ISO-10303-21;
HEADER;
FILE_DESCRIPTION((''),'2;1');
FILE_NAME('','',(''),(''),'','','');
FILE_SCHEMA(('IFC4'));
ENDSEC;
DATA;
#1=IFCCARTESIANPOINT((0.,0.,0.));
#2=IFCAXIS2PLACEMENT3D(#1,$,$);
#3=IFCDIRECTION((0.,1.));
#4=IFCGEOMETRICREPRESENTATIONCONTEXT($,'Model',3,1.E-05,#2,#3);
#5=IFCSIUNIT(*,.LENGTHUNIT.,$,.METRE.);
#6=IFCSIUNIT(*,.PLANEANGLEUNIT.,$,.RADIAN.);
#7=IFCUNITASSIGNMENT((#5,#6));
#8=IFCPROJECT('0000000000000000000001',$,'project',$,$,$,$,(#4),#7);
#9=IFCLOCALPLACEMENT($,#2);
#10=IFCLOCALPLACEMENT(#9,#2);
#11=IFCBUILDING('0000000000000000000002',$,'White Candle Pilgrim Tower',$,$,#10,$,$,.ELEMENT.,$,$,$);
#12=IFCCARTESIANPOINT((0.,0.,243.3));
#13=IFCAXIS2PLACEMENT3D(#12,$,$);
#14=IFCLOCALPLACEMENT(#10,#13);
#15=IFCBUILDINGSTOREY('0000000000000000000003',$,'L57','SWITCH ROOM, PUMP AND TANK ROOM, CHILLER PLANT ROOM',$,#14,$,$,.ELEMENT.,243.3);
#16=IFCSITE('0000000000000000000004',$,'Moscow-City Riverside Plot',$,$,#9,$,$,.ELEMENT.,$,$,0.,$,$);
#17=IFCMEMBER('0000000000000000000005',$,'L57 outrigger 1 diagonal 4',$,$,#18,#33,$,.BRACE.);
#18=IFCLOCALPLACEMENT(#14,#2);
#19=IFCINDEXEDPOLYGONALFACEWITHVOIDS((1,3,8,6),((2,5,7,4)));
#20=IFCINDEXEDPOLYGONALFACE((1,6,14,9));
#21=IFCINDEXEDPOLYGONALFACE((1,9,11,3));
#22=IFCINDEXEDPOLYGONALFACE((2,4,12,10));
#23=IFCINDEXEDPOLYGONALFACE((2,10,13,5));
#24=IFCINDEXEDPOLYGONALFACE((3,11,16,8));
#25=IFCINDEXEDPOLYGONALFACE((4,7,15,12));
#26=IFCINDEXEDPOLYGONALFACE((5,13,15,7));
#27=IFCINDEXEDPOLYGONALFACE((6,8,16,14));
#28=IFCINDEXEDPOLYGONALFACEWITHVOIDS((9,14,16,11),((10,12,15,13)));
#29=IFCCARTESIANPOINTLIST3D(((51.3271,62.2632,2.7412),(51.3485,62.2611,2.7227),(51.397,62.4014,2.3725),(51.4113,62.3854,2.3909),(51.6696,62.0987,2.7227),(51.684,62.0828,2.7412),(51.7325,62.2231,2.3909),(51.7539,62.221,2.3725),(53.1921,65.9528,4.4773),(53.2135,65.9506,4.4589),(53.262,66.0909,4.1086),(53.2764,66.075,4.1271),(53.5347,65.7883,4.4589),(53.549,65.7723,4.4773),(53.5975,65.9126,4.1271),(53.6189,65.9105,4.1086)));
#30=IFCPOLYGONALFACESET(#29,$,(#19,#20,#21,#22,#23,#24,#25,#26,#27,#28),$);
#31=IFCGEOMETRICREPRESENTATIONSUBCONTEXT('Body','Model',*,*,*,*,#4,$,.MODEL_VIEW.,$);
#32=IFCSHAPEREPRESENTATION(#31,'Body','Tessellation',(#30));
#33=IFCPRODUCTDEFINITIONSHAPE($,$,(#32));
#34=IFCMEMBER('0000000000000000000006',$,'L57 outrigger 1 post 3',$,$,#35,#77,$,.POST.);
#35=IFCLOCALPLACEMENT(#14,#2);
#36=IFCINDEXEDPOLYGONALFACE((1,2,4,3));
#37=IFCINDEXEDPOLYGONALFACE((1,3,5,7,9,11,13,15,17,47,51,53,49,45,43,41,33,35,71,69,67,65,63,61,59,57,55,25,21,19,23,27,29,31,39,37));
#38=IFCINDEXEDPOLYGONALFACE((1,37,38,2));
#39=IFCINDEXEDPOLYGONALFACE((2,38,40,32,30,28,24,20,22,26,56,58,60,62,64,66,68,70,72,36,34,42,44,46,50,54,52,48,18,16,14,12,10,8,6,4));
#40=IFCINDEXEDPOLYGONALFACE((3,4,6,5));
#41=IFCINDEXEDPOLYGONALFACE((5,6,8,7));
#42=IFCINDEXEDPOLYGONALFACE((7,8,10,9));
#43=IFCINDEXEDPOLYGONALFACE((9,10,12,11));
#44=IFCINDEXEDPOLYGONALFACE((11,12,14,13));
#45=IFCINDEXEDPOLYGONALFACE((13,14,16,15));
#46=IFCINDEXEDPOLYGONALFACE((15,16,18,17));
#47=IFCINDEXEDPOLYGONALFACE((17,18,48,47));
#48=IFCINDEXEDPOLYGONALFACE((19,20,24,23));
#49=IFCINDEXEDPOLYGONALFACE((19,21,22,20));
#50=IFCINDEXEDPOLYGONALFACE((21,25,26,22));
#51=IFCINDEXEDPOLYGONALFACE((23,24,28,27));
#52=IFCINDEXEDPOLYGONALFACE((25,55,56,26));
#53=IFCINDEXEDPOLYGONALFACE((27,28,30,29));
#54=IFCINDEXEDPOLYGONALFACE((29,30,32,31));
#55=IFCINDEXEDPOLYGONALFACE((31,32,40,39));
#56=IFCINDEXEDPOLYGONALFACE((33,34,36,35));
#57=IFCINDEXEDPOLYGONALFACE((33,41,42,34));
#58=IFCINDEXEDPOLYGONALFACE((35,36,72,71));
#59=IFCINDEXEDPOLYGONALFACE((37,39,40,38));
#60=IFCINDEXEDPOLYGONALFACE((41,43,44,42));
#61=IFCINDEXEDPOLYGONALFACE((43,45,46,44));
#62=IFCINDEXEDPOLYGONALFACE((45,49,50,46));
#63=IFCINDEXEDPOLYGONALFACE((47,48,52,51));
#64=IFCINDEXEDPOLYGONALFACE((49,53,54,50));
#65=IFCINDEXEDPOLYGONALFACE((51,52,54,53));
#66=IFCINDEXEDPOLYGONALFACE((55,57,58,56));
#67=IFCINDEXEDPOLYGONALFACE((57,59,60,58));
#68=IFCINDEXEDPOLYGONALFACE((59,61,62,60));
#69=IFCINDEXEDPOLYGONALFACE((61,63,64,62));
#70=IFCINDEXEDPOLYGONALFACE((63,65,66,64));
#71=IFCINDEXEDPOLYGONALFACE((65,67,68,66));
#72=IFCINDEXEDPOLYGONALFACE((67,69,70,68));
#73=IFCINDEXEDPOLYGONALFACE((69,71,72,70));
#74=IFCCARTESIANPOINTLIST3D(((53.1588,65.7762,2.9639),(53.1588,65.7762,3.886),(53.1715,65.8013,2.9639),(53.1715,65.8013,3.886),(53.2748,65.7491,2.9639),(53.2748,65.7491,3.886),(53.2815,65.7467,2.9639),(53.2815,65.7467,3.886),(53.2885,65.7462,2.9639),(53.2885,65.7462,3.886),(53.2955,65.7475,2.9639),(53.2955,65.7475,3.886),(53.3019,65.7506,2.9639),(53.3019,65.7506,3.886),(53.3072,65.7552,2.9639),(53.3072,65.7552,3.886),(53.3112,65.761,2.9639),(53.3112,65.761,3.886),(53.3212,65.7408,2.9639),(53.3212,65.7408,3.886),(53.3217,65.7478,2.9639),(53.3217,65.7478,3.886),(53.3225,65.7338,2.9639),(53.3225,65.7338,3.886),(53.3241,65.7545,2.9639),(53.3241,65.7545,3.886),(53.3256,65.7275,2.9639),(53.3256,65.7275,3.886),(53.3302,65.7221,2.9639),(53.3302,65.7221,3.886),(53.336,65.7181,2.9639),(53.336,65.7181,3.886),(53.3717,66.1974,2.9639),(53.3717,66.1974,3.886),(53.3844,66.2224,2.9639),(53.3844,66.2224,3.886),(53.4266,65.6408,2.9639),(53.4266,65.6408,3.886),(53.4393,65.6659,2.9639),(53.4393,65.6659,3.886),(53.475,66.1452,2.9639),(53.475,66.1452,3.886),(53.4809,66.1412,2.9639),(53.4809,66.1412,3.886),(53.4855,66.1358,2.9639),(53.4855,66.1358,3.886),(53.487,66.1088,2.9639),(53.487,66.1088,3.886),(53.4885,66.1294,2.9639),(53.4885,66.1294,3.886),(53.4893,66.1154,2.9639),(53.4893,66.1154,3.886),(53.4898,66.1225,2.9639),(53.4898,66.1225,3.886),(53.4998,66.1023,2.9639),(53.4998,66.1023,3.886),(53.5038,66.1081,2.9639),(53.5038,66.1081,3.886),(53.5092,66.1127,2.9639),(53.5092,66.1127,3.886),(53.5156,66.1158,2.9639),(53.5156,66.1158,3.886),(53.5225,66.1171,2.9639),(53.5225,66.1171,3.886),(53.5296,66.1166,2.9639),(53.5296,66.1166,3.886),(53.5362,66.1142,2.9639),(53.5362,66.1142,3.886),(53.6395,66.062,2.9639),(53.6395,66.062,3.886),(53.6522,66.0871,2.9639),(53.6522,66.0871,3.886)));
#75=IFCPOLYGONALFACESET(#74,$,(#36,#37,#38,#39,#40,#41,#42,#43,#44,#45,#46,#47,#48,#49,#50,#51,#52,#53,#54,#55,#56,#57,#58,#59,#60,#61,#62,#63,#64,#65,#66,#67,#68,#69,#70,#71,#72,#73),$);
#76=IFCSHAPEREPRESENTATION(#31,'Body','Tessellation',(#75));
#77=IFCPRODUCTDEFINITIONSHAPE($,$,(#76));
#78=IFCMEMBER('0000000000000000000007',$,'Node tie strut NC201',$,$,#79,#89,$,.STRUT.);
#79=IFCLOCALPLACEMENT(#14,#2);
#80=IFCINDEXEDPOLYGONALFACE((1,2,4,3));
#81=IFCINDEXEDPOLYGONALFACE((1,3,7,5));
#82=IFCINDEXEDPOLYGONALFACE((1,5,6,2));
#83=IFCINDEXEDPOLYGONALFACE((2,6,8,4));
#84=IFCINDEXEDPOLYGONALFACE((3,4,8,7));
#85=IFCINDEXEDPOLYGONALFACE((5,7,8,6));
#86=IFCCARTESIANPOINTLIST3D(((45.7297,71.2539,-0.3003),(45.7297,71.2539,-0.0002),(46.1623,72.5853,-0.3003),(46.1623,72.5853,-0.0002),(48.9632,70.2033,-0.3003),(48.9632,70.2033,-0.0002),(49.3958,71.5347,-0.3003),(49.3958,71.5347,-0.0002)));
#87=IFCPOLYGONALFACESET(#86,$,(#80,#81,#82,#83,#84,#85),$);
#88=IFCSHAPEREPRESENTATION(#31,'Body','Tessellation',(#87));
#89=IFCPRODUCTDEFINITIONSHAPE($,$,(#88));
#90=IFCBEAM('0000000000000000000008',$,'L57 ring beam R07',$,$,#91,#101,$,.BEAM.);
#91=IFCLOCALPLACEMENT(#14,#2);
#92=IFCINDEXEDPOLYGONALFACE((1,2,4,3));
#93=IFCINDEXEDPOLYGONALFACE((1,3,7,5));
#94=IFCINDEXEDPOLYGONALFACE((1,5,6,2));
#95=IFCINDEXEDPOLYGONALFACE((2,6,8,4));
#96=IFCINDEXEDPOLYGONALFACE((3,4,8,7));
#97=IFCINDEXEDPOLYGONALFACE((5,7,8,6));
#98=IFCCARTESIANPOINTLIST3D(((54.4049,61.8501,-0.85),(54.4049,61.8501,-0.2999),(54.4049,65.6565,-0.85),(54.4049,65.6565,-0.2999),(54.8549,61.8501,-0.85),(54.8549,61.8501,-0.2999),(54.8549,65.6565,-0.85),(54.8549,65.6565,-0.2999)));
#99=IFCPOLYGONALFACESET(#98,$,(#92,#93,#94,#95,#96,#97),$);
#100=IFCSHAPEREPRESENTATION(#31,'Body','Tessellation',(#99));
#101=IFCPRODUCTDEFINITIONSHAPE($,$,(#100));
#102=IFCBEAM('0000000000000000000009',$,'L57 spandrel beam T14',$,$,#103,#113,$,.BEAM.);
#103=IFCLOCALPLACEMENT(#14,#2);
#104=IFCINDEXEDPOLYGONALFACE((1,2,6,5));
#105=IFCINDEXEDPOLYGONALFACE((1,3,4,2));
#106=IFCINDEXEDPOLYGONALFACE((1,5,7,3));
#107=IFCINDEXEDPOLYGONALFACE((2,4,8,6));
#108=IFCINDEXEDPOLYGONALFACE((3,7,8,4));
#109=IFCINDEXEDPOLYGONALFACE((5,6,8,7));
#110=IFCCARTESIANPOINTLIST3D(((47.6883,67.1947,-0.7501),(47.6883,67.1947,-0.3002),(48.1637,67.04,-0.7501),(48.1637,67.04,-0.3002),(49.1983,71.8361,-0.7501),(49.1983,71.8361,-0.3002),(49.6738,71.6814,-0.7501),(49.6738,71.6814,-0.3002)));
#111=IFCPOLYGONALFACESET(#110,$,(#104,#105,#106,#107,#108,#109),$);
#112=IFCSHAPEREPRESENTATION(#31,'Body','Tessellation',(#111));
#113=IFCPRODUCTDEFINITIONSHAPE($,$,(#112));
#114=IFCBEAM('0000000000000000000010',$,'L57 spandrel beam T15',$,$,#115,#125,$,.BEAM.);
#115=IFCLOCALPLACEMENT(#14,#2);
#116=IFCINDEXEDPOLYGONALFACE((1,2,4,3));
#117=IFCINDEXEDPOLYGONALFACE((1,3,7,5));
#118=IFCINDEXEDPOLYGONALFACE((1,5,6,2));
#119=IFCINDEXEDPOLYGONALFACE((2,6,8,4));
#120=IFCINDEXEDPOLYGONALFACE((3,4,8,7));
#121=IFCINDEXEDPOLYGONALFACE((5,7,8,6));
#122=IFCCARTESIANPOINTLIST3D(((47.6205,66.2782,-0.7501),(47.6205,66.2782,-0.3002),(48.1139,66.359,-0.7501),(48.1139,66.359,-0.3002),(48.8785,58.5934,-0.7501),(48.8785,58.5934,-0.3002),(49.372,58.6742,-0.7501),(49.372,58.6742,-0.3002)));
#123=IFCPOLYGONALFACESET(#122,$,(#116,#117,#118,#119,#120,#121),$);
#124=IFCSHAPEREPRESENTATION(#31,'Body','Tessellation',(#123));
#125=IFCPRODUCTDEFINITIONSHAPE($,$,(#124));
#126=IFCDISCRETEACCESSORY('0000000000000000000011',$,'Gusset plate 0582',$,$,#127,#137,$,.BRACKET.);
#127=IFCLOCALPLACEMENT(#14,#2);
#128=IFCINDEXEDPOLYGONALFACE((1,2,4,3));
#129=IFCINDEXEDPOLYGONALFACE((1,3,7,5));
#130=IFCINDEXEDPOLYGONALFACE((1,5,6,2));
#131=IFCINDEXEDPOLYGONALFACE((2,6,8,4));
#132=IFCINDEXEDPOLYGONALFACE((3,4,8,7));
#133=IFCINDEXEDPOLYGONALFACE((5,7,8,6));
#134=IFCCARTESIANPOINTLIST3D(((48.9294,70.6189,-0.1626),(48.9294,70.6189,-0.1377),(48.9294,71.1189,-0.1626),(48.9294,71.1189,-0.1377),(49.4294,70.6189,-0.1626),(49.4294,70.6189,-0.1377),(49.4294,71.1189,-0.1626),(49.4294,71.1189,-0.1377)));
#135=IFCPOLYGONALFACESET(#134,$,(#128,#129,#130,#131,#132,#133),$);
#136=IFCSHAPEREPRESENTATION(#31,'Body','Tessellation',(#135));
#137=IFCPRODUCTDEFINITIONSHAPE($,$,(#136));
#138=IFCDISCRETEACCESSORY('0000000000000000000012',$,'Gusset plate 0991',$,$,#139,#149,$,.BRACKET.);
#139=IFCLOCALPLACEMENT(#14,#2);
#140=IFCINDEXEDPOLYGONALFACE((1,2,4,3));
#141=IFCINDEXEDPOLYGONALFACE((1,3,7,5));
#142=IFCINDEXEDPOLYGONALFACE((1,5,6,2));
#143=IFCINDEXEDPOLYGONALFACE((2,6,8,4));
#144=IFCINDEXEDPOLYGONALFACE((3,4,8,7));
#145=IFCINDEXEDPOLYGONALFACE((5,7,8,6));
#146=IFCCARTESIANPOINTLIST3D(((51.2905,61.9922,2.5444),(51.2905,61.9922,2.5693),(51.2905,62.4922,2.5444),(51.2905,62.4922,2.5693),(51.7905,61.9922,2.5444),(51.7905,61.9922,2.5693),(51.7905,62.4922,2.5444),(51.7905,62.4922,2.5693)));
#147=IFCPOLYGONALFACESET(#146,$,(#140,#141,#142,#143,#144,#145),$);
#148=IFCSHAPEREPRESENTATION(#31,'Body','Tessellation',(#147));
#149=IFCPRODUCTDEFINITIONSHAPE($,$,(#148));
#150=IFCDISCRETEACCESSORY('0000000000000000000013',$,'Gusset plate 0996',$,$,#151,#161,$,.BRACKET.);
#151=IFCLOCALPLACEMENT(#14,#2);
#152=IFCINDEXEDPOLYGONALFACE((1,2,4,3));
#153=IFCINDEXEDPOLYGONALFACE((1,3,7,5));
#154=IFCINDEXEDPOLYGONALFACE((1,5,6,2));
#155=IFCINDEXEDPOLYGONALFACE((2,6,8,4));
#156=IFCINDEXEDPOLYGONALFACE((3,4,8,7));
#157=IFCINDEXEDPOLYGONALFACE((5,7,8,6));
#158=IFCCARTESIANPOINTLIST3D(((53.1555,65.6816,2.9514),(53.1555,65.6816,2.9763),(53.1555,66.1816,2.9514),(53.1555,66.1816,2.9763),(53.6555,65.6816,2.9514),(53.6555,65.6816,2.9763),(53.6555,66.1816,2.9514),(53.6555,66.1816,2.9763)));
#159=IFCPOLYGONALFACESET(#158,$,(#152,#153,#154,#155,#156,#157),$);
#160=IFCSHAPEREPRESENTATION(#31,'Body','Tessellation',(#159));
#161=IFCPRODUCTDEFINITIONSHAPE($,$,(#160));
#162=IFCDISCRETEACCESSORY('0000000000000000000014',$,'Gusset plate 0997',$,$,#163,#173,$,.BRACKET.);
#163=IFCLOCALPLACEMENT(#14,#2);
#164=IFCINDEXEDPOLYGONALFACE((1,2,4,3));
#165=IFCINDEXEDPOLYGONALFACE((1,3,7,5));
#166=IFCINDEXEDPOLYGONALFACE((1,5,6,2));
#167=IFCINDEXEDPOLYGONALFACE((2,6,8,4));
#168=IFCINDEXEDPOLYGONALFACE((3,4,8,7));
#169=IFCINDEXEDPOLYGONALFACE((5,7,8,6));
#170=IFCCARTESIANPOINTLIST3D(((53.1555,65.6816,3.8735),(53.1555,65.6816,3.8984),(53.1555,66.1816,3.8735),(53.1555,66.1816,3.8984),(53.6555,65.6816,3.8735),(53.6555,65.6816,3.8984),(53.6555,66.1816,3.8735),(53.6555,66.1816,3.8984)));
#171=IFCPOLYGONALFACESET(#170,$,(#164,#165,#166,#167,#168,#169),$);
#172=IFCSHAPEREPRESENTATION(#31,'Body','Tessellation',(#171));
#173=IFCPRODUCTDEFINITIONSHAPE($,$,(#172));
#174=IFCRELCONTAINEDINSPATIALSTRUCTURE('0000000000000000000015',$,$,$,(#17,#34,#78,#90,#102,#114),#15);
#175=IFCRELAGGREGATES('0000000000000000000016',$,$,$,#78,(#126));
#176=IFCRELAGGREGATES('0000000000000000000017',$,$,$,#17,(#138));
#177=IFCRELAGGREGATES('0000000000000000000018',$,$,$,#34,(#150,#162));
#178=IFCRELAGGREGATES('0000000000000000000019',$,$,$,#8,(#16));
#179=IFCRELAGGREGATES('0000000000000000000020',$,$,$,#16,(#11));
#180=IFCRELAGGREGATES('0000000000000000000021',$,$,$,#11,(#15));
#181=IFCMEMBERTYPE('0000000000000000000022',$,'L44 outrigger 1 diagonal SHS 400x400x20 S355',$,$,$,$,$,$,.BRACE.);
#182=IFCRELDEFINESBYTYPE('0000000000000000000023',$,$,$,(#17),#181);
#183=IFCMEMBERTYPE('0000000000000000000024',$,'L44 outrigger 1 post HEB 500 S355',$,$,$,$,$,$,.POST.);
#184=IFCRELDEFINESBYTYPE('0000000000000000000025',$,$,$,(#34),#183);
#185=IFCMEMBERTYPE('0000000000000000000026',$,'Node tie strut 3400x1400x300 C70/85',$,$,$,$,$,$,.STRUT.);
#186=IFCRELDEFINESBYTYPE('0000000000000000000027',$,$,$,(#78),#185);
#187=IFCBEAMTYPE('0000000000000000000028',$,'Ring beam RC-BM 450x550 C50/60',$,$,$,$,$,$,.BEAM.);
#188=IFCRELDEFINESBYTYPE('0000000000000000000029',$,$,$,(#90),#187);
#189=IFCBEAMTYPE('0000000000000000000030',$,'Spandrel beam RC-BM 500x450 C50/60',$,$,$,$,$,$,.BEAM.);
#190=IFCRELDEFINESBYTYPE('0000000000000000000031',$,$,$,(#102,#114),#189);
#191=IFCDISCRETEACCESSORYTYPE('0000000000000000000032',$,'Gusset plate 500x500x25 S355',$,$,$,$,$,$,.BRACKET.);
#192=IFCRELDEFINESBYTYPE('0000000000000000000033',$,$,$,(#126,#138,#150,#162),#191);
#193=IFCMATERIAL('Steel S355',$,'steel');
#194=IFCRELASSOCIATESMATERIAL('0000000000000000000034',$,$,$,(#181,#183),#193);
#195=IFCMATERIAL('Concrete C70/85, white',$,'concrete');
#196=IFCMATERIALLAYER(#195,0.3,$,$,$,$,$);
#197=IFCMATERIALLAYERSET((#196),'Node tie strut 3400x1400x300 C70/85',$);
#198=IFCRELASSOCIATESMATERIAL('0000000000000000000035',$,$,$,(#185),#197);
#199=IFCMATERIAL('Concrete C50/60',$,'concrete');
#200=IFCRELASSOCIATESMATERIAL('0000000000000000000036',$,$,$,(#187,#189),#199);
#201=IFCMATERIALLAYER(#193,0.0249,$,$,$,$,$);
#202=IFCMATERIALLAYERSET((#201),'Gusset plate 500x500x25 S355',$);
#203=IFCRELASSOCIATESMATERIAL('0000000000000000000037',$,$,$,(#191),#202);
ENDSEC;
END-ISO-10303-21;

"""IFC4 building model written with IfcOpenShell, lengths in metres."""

from ifc_helpers import new_model, si_unit, direction, frame, origin, origin_2d, place, context, subcontext, project, spatial, rectangle, hollow_rectangle, i_section, extrude, material, layer, layer_set, material_profile, profile_set, type_object, element, aggregate, save


model = new_model("IFC4")

# Units and contexts
model_context = context("Model", 3, precision=1e-05, world=origin(), true_north=direction((0.0, 1.0)))
body_context = subcontext(model_context, "Body", "Model", "MODEL_VIEW")
ifc_project = project(units=[si_unit("LENGTHUNIT", "METRE"), si_unit("PLANEANGLEUNIT", "RADIAN")], contexts=[model_context])

# Site, building, storey
site_placement = place(None, origin())
site = spatial("IfcSite", under=ifc_project, at=site_placement, Name="Moscow-City Riverside Plot", CompositionType="ELEMENT", RefElevation=0.0)
building_placement = place(site_placement, origin())
building = spatial("IfcBuilding", under=site, at=building_placement, Name="White Candle Pilgrim Tower", CompositionType="ELEMENT")
storey_placement = place(building_placement, frame((0.0, 0.0, 243.3)))
storey = spatial("IfcBuildingStorey", under=building, at=storey_placement, Name="L57", Description="SWITCH ROOM, PUMP AND TANK ROOM, CHILLER PLANT ROOM", CompositionType="ELEMENT", Elevation=243.3)

# Shared definitions
ifc_material_1 = material(Name="Steel S355", Category="steel")

# Members
ifc_material_profile_1 = material_profile(ifc_material_1, hollow_rectangle(XDim=0.3999, YDim=0.3999, WallThickness=0.02, at=origin_2d()), Name="SHS 400x400x20")
ifc_profile_set_1 = profile_set([ifc_material_profile_1], Name="Steel S355")
member_type_1 = type_object("IfcMemberType", Name="L44 outrigger 1 diagonal SHS 400x400x20 S355", PredefinedType="BRACE", material=ifc_profile_set_1)
member_1_placement = place(storey_placement, frame((53.4055, 65.9316, 4.293), z_axis=(-0.415942, -0.822845, -0.387192), x_axis=(0.892458, -0.451131, 0.0)))
member_1 = element("IfcMember", 1, at=member_1_placement, inside=storey, type_object=member_type_1, Name="L57 outrigger 1 diagonal 4", PredefinedType="BRACE", context=body_context, shape_type="SweptSolid", body=[
    extrude(hollow_rectangle(XDim=0.3999, YDim=0.3999, WallThickness=0.02, at=origin_2d()), origin(), (0.0, 0.0, 1.0), 4.4839),
])
ifc_material_profile_2 = material_profile(ifc_material_1, i_section(OverallWidth=0.3, OverallDepth=0.5, WebThickness=0.0144, FlangeThickness=0.0281, FilletRadius=0.0271, at=origin_2d()), Name="HEB 500")
ifc_profile_set_2 = profile_set([ifc_material_profile_2], Name="Steel S355")
member_type_2 = type_object("IfcMemberType", Name="L44 outrigger 1 post HEB 500 S355", PredefinedType="POST", material=ifc_profile_set_2)
member_2_placement = place(storey_placement, frame((53.4055, 65.9316, 2.9639), z_axis=(0.0, 0.0, 1.0), x_axis=(0.892472, -0.451103, 0.0)))
member_2 = element("IfcMember", 2, at=member_2_placement, inside=storey, type_object=member_type_2, Name="L57 outrigger 1 post 3", PredefinedType="POST", context=body_context, shape_type="SweptSolid", body=[
    extrude(i_section(OverallWidth=0.3, OverallDepth=0.5, WebThickness=0.0144, FlangeThickness=0.0281, FilletRadius=0.0271, at=origin_2d()), origin(), (0.0, 0.0, 1.0), 0.9221),
])
ifc_material_2 = material(Name="Concrete C70/85, white", Category="concrete")
ifc_layer_1 = layer(ifc_material_2, 0.3)
ifc_layer_set_1 = layer_set([ifc_layer_1], Name="Node tie strut 3400x1400x300 C70/85")
member_type_3 = type_object("IfcMemberType", Name="Node tie strut 3400x1400x300 C70/85", PredefinedType="STRUT", material=ifc_layer_set_1)
member_3_placement = place(storey_placement, frame((47.5627, 71.3943, -0.3003), z_axis=(0.0, 0.0, 1.0), x_axis=(-0.309017, -0.951057, 0.0)))
member_3 = element("IfcMember", 3, at=member_3_placement, inside=storey, type_object=member_type_3, Name="Node tie strut NC201", PredefinedType="STRUT", context=body_context, shape_type="SweptSolid", body=[
    extrude(rectangle(XDim=1.3999, YDim=3.3999, at=origin_2d()), origin(), (0.0, 0.0, 1.0), 0.3),
])

# Beams
ifc_material_3 = material(Name="Concrete C50/60", Category="concrete")
ifc_material_profile_3 = material_profile(ifc_material_3, rectangle(XDim=0.45, YDim=0.55, at=origin_2d()), Name="RC-BM 450x550")
ifc_profile_set_3 = profile_set([ifc_material_profile_3], Name="Concrete C50/60")
beam_type_1 = type_object("IfcBeamType", Name="Ring beam RC-BM 450x550 C50/60", PredefinedType="BEAM", material=ifc_profile_set_3)
beam_1_placement = place(storey_placement, frame((54.6299, 65.6565, -0.575), z_axis=(0.0, -1.0, 0.0), x_axis=(1.0, 0.0, 0.0)))
element("IfcBeam", 4, at=beam_1_placement, inside=storey, type_object=beam_type_1, Name="L57 ring beam R07", PredefinedType="BEAM", context=body_context, shape_type="SweptSolid", body=[
    extrude(rectangle(XDim=0.45, YDim=0.55, at=origin_2d()), origin(), (0.0, 0.0, 1.0), 3.8064),
])
ifc_material_profile_4 = material_profile(ifc_material_3, rectangle(XDim=0.5, YDim=0.45, at=origin_2d()), Name="RC-BM 500x450")
ifc_profile_set_4 = profile_set([ifc_material_profile_4], Name="Concrete C50/60")
beam_type_2 = type_object("IfcBeamType", Name="Spandrel beam RC-BM 500x450 C50/60", PredefinedType="BEAM", material=ifc_profile_set_4)
beam_2_placement = place(storey_placement, frame((49.436, 71.7588, -0.5251), z_axis=(-0.309377, -0.95094, 0.0), x_axis=(0.95094, -0.309377, 0.0)))
element("IfcBeam", 5, at=beam_2_placement, inside=storey, type_object=beam_type_2, Name="L57 spandrel beam T14", PredefinedType="BEAM", context=body_context, shape_type="SweptSolid", body=[
    extrude(rectangle(XDim=0.5, YDim=0.45, at=origin_2d()), origin(), (0.0, 0.0, 1.0), 4.8809),
])
beam_3_placement = place(storey_placement, frame((47.8672, 66.3186, -0.5251), z_axis=(0.161556, -0.986863, 0.0), x_axis=(0.986863, 0.161556, 0.0)))
element("IfcBeam", 6, at=beam_3_placement, inside=storey, type_object=beam_type_2, Name="L57 spandrel beam T15", PredefinedType="BEAM", context=body_context, shape_type="SweptSolid", body=[
    extrude(rectangle(XDim=0.5, YDim=0.45, at=origin_2d()), origin(), (0.0, 0.0, 1.0), 7.7871),
])

# Discrete accessories
ifc_layer_2 = layer(ifc_material_1, 0.0249)
ifc_layer_set_2 = layer_set([ifc_layer_2], Name="Gusset plate 500x500x25 S355")
discrete_accessory_type = type_object("IfcDiscreteAccessoryType", Name="Gusset plate 500x500x25 S355", PredefinedType="BRACKET", material=ifc_layer_set_2)
discrete_accessory_1_placement = place(storey_placement, frame((49.1794, 70.8689, -0.1626), z_axis=(0.0, 0.0, 1.0), x_axis=(1.0, 0.0, 0.0)))
discrete_accessory_1 = element("IfcDiscreteAccessory", 7, at=discrete_accessory_1_placement, type_object=discrete_accessory_type, Name="Gusset plate 0582", PredefinedType="BRACKET", context=body_context, shape_type="SweptSolid", body=[
    extrude(rectangle(XDim=0.5, YDim=0.5, at=origin_2d()), origin(), (0.0, 0.0, 1.0), 0.0249),
])
aggregate(member_3, [discrete_accessory_1])
discrete_accessory_2_placement = place(storey_placement, frame((51.5405, 62.2422, 2.5444), z_axis=(0.0, 0.0, 1.0), x_axis=(1.0, 0.0, 0.0)))
discrete_accessory_2 = element("IfcDiscreteAccessory", 8, at=discrete_accessory_2_placement, type_object=discrete_accessory_type, Name="Gusset plate 0991", PredefinedType="BRACKET", context=body_context, shape_type="SweptSolid", body=[
    extrude(rectangle(XDim=0.5, YDim=0.5, at=origin_2d()), origin(), (0.0, 0.0, 1.0), 0.0249),
])
aggregate(member_1, [discrete_accessory_2])
discrete_accessory_3_placement = place(storey_placement, frame((53.4055, 65.9316, 2.9514), z_axis=(0.0, 0.0, 1.0), x_axis=(1.0, 0.0, 0.0)))
discrete_accessory_3 = element("IfcDiscreteAccessory", 9, at=discrete_accessory_3_placement, type_object=discrete_accessory_type, Name="Gusset plate 0996", PredefinedType="BRACKET", context=body_context, shape_type="SweptSolid", body=[
    extrude(rectangle(XDim=0.5, YDim=0.5, at=origin_2d()), origin(), (0.0, 0.0, 1.0), 0.0249),
])
discrete_accessory_4_placement = place(storey_placement, frame((53.4055, 65.9316, 3.8735), z_axis=(0.0, 0.0, 1.0), x_axis=(1.0, 0.0, 0.0)))
discrete_accessory_4 = element("IfcDiscreteAccessory", 10, at=discrete_accessory_4_placement, type_object=discrete_accessory_type, Name="Gusset plate 0997", PredefinedType="BRACKET", context=body_context, shape_type="SweptSolid", body=[
    extrude(rectangle(XDim=0.5, YDim=0.5, at=origin_2d()), origin(), (0.0, 0.0, 1.0), 0.0249),
])
aggregate(member_2, [discrete_accessory_3, discrete_accessory_4])

save(model, "model.ifc")
